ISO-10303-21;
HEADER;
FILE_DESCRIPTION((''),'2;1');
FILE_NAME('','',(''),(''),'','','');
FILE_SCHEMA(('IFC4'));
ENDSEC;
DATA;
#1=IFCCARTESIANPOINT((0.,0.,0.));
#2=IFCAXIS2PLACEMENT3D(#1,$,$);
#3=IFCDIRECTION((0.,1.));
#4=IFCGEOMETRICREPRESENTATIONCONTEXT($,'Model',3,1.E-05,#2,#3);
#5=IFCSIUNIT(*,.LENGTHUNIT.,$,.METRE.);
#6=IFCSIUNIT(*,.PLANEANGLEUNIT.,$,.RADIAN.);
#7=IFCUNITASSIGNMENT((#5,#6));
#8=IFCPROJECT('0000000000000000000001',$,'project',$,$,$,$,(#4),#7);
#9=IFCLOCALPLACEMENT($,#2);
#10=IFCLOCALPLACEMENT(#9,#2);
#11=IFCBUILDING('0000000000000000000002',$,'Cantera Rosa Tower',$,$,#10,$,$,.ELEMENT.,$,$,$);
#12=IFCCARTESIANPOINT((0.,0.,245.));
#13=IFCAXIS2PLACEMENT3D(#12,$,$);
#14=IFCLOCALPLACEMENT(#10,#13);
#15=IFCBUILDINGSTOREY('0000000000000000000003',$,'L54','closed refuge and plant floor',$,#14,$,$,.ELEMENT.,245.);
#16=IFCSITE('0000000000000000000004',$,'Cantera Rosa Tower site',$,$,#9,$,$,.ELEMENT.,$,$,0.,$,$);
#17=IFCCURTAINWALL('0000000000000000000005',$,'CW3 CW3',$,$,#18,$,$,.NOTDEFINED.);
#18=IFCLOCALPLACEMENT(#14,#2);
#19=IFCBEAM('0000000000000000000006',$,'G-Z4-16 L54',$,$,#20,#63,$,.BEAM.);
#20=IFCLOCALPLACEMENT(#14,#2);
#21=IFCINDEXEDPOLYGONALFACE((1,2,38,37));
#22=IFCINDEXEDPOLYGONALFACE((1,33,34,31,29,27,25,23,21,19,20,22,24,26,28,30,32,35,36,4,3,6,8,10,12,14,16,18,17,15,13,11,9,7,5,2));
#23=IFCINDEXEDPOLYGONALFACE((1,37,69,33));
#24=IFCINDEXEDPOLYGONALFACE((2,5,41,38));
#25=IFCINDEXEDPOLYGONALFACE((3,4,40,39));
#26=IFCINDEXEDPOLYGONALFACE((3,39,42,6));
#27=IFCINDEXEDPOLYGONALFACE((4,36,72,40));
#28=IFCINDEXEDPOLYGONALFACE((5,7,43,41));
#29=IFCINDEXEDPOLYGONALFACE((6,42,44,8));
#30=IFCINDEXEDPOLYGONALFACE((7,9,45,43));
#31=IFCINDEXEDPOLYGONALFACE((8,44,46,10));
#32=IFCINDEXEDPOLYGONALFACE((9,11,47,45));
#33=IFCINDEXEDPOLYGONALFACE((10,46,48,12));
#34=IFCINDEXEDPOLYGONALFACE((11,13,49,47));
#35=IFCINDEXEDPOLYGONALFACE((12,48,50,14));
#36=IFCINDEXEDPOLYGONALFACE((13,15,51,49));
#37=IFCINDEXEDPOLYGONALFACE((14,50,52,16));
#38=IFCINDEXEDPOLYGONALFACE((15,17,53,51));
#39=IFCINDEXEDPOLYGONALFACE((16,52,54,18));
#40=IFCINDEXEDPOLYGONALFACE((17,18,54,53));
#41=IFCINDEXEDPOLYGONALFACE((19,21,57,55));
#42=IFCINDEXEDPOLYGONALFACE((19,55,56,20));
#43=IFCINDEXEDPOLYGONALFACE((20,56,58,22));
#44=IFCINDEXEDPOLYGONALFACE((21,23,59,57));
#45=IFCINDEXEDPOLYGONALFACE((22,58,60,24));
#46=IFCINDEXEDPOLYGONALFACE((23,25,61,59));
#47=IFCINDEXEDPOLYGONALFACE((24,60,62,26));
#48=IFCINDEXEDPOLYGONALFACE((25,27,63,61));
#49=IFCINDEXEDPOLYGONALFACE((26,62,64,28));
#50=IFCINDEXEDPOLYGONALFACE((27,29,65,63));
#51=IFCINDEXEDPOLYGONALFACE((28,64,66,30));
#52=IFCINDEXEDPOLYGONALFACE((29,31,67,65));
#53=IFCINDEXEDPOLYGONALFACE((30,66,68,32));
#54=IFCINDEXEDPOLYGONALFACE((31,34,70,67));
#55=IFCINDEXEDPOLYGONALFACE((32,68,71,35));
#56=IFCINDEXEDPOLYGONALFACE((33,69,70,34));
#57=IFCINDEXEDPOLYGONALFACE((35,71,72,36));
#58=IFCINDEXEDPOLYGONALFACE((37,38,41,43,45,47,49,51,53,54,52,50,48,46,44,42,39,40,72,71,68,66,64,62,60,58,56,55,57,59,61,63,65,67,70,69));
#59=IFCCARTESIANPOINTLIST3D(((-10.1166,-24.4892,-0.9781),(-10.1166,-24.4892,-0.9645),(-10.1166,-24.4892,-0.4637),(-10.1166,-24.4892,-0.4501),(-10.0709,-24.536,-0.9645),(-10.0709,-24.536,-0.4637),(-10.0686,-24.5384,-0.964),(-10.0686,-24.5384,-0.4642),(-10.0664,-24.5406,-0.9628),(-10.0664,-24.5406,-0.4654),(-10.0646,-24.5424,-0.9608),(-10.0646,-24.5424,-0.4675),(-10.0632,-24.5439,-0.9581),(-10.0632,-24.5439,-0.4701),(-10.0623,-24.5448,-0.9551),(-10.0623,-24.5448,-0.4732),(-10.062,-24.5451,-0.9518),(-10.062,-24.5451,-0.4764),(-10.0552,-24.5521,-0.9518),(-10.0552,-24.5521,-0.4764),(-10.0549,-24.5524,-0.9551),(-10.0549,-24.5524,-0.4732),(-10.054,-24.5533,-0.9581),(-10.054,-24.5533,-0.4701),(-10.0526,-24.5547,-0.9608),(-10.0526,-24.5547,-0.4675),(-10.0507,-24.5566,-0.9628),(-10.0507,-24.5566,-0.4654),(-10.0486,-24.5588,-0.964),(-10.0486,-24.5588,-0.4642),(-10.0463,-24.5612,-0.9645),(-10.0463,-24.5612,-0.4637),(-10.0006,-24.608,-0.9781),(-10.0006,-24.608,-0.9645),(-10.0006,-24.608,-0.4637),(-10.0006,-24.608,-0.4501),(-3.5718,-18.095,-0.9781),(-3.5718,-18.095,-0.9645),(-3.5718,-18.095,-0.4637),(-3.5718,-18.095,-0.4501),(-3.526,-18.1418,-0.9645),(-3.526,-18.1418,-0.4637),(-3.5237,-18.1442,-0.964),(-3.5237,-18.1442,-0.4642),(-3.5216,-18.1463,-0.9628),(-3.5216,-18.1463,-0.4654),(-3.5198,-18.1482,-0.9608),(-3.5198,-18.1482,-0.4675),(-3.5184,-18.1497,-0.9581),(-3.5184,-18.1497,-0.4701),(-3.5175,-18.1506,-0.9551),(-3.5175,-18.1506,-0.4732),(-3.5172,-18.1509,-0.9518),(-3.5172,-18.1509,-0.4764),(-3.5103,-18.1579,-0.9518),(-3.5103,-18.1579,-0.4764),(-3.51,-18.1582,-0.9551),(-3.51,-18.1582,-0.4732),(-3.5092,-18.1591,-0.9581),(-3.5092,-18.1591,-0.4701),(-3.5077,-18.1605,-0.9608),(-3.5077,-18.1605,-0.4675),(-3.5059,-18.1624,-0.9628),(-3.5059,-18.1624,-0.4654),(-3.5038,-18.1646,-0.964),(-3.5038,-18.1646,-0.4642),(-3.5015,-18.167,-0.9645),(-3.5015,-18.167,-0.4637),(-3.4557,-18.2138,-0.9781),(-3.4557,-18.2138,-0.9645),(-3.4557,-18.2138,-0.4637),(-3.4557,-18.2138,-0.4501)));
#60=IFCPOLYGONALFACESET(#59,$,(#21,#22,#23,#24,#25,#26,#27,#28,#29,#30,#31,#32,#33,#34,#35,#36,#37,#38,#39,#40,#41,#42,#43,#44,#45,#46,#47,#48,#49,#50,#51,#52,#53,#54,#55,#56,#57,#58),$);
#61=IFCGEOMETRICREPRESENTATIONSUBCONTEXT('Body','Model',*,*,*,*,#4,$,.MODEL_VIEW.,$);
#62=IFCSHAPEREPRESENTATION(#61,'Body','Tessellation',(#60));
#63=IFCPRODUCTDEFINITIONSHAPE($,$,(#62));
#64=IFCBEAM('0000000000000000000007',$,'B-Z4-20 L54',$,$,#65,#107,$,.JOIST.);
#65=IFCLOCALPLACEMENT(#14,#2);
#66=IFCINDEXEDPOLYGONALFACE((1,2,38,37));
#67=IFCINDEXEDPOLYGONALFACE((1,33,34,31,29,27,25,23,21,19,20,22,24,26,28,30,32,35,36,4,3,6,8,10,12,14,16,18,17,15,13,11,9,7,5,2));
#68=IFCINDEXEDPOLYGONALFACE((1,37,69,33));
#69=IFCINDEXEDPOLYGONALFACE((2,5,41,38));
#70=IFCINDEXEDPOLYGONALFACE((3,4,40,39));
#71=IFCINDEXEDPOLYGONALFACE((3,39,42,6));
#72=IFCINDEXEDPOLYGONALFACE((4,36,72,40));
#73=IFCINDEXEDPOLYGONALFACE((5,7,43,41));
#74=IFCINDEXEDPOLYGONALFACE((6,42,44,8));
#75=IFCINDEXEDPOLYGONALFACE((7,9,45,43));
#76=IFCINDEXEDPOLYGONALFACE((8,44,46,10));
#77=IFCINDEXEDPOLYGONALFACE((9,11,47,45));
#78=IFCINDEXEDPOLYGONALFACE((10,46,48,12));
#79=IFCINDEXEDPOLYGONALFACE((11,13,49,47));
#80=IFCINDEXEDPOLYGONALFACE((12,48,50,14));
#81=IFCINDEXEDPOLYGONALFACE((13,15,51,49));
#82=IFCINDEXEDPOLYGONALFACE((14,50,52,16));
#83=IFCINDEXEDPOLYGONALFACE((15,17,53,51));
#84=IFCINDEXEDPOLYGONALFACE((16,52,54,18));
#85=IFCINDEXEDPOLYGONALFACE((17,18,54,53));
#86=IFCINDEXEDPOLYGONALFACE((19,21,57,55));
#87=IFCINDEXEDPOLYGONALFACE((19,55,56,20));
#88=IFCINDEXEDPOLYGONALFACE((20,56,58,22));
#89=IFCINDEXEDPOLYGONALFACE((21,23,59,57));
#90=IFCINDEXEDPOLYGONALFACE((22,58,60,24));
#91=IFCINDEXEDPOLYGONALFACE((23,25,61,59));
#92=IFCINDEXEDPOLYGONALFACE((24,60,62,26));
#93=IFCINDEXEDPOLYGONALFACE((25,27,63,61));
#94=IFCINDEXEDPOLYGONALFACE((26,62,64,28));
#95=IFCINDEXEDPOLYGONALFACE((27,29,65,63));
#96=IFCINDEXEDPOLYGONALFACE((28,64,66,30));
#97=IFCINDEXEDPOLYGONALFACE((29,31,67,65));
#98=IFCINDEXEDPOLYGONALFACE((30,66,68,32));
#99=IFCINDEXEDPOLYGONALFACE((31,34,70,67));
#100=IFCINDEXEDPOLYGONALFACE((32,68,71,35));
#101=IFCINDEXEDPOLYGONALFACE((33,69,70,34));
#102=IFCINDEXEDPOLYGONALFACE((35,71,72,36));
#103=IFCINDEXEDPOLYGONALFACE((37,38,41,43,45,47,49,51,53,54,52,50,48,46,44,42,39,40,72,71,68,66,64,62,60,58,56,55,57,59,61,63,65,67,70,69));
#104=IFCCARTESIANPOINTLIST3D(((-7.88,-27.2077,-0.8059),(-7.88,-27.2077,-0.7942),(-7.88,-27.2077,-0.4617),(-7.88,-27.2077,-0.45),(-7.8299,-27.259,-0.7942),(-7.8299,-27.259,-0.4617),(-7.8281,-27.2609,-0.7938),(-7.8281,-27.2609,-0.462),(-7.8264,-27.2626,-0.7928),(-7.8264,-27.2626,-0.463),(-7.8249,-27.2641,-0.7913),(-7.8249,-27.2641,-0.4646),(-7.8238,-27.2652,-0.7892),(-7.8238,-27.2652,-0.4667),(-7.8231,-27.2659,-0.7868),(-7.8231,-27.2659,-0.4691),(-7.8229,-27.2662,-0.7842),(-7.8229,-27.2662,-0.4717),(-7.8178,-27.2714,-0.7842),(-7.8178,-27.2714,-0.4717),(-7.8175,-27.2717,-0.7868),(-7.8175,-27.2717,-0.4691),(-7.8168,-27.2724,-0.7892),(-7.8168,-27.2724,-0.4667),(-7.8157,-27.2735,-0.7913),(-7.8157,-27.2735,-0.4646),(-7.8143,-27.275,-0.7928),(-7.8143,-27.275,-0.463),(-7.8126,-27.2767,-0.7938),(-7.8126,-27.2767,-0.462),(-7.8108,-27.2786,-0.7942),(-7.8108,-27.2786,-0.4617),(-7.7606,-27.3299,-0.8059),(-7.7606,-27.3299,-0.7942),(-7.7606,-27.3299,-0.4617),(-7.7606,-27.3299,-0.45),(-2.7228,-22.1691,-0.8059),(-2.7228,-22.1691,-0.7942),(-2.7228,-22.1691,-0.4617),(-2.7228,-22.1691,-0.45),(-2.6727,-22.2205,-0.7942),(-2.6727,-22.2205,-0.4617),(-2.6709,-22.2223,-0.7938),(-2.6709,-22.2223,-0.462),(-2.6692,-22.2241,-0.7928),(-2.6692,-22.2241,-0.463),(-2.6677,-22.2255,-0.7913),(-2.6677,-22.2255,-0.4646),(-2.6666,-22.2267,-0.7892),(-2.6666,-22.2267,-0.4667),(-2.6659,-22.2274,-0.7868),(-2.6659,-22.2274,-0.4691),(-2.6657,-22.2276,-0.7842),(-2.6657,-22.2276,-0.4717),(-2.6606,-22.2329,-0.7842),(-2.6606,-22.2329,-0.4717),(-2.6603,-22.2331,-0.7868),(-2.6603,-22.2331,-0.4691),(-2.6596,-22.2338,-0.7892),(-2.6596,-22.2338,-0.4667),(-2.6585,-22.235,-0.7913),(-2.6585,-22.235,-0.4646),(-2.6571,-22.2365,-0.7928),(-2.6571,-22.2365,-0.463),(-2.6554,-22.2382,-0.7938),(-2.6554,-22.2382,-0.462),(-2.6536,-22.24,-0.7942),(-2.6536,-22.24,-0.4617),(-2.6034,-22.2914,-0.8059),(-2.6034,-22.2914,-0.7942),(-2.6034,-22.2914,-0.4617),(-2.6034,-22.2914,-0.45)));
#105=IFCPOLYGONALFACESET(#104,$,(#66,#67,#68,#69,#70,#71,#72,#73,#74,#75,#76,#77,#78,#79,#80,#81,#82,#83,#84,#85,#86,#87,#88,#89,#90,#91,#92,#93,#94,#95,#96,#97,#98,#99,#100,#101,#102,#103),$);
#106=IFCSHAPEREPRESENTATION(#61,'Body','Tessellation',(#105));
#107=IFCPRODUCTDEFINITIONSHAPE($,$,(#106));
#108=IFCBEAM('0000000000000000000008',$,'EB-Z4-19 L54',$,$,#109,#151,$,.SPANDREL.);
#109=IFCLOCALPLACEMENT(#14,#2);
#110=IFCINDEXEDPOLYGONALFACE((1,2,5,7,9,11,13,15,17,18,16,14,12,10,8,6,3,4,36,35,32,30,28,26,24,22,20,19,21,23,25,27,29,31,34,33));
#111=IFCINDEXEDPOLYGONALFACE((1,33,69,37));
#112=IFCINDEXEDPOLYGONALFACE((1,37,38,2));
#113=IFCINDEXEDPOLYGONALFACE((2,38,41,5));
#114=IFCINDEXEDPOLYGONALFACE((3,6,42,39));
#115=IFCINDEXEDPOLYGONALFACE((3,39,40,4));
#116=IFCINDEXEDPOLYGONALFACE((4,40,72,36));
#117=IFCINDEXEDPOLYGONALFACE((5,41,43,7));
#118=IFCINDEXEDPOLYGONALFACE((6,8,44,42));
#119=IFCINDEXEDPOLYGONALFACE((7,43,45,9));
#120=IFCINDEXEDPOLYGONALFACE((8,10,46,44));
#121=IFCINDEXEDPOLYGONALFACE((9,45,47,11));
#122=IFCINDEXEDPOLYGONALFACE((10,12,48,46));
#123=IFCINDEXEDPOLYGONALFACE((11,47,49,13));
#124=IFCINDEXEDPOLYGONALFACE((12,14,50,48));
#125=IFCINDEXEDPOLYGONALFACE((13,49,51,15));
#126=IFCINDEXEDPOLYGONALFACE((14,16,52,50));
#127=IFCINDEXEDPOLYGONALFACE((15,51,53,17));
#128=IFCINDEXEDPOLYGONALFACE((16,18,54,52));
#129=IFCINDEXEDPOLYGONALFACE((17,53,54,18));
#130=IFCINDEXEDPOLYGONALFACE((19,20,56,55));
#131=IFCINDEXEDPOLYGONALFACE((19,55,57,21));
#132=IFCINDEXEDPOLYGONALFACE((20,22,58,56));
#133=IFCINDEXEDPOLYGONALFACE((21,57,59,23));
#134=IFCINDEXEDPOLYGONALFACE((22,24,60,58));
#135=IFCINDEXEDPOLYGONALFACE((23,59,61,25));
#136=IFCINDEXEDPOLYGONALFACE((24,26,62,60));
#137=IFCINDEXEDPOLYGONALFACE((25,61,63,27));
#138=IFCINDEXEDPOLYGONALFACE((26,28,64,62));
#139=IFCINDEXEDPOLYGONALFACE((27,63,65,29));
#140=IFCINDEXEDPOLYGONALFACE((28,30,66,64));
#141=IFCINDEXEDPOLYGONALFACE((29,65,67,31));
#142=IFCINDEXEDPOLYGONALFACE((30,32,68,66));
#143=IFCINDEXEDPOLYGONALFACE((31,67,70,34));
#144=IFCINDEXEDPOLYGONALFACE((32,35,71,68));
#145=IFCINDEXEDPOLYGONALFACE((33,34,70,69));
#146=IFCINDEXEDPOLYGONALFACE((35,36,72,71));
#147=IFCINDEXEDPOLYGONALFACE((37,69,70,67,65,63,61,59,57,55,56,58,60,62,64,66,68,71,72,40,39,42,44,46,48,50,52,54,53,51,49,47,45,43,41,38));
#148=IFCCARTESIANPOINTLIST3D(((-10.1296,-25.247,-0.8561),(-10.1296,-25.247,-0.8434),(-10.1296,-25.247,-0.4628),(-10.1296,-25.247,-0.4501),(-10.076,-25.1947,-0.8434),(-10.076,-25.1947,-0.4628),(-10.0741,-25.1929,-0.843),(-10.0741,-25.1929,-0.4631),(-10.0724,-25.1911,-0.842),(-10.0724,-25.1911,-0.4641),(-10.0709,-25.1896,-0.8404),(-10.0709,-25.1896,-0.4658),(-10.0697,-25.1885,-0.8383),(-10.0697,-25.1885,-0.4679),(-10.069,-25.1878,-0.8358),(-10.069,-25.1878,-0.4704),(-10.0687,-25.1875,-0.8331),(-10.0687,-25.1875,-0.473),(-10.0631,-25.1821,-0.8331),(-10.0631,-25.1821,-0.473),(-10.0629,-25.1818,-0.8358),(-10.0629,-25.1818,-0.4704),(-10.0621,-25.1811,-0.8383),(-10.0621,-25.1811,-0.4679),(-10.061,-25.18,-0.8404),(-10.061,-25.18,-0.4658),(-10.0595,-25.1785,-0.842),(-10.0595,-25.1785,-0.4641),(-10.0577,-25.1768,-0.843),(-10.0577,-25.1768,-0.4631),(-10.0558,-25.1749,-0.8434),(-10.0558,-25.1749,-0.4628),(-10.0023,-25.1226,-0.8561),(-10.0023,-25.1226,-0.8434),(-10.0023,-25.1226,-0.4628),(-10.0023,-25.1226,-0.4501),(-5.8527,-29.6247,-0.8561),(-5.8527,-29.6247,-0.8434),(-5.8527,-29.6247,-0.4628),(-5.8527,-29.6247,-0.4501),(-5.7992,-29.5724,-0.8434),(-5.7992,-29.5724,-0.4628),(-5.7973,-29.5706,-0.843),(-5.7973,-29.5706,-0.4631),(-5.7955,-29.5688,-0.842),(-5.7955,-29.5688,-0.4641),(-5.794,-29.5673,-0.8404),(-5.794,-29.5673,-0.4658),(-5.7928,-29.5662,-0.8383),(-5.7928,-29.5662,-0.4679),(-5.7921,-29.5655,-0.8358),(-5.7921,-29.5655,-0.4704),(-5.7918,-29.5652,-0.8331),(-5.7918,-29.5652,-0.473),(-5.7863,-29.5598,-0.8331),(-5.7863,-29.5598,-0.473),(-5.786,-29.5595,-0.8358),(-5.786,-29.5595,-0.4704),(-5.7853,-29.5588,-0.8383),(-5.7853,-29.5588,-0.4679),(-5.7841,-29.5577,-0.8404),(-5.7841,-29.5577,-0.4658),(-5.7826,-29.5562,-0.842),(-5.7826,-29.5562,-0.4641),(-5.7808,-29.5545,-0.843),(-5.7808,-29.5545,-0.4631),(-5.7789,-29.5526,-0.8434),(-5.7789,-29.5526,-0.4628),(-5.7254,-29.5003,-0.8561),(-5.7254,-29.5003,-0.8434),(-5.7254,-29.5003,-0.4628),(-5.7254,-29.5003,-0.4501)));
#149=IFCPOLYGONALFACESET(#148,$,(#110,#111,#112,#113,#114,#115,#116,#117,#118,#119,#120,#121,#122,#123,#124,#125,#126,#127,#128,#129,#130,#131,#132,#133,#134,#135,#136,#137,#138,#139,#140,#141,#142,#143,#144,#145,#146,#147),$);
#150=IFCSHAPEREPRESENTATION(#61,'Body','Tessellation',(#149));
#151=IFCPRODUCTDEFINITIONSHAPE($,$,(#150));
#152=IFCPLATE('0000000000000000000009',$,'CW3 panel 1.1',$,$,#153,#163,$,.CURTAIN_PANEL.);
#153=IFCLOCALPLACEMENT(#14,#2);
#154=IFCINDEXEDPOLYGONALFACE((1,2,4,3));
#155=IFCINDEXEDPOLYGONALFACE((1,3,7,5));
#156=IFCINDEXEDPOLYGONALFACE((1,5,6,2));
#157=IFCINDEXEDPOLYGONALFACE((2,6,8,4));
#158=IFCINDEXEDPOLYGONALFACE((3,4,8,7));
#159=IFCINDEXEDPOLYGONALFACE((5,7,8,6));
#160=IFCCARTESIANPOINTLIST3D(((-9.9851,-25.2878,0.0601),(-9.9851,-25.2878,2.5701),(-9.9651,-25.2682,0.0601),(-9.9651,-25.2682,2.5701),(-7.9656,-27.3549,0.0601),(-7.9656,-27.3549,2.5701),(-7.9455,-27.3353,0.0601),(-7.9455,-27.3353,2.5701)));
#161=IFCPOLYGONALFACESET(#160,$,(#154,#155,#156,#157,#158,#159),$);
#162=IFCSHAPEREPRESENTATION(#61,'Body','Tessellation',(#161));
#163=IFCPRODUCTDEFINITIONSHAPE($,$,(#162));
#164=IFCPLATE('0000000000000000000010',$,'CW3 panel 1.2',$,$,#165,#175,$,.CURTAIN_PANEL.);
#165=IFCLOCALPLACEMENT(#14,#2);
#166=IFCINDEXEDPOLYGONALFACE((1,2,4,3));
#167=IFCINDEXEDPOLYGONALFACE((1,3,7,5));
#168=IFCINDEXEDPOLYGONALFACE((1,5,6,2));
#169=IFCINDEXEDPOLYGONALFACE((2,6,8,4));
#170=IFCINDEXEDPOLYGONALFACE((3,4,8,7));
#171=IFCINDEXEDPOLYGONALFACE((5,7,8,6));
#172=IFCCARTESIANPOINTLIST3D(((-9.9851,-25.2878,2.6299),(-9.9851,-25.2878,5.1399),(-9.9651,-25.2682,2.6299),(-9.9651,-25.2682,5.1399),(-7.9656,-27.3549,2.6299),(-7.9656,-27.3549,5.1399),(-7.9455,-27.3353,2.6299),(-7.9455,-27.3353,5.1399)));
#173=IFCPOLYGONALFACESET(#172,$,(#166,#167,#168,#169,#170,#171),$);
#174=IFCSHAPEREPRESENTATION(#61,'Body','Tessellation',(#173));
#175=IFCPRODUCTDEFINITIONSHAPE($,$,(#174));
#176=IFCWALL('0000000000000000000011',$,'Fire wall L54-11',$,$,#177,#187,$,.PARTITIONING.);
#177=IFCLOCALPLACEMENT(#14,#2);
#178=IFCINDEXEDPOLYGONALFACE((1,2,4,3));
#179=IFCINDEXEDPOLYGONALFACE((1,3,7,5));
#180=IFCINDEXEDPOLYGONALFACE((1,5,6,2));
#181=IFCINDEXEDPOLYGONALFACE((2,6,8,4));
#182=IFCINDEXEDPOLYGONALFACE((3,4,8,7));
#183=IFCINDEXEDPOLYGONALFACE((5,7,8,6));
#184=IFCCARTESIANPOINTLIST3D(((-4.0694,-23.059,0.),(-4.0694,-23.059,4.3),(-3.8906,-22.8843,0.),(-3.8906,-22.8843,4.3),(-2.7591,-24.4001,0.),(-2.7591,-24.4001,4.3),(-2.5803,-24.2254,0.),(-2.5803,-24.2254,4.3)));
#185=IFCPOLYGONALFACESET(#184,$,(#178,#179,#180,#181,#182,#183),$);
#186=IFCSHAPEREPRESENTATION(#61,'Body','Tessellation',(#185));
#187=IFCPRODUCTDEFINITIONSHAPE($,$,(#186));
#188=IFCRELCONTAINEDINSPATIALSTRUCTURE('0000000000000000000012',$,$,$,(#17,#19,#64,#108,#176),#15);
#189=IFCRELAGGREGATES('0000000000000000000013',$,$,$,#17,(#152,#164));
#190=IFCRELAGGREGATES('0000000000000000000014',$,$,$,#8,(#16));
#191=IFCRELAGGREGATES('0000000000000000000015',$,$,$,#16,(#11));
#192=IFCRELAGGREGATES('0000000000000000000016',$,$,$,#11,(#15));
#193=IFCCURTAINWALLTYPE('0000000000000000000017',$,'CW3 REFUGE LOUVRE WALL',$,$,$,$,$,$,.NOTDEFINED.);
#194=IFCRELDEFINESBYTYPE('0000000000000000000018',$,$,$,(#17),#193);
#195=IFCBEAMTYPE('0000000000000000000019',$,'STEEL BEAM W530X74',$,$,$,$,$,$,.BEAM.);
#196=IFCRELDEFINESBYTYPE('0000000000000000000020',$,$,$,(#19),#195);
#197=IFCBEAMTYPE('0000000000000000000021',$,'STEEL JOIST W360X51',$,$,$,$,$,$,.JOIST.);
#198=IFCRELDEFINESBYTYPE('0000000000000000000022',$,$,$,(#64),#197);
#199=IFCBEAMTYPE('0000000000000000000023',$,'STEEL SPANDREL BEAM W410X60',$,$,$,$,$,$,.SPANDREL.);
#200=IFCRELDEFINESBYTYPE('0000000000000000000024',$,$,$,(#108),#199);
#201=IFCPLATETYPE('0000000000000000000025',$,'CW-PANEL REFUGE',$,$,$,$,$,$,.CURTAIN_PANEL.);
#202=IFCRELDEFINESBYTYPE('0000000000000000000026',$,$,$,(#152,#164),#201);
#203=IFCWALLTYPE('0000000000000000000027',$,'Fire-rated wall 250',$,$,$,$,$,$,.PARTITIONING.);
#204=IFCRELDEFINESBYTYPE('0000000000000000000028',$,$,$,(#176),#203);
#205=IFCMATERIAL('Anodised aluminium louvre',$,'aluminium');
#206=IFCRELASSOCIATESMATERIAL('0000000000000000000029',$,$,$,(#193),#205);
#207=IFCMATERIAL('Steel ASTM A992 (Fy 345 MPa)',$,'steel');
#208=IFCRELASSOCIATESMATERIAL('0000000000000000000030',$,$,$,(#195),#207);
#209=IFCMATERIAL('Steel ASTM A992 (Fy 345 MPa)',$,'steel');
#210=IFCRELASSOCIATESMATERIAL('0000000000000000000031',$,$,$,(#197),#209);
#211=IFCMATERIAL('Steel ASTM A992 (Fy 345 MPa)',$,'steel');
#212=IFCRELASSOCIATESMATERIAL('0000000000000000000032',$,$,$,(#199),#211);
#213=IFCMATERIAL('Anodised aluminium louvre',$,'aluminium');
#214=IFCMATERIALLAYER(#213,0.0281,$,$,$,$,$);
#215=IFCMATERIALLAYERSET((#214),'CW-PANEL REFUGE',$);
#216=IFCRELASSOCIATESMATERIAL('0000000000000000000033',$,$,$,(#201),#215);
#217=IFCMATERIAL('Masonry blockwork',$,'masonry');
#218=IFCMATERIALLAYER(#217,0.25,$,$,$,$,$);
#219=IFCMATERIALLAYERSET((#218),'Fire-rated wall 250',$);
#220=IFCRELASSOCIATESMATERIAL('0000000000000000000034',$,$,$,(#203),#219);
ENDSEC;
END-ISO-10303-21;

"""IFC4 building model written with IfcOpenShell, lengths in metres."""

from ifc_helpers import new_model, si_unit, direction, frame, frame_2d, origin, origin_2d, place, context, subcontext, project, spatial, rectangle, i_section, extrude, material, layer, layer_set, material_profile, profile_set, type_object, element, aggregate, save


model = new_model("IFC4")

# Units and contexts
model_context = context("Model", 3, precision=1e-05, world=origin(), true_north=direction((0.0, 1.0)))
body_context = subcontext(model_context, "Body", "Model", "MODEL_VIEW")
ifc_project = project(units=[si_unit("LENGTHUNIT", "METRE"), si_unit("PLANEANGLEUNIT", "RADIAN")], contexts=[model_context])

# Site, building, storey
site_placement = place(None, origin())
site = spatial("IfcSite", under=ifc_project, at=site_placement, Name="Cantera Rosa Tower site", CompositionType="ELEMENT", RefElevation=0.0)
building_placement = place(site_placement, origin())
building = spatial("IfcBuilding", under=site, at=building_placement, Name="Cantera Rosa Tower", CompositionType="ELEMENT")
storey_placement = place(building_placement, frame((0.0, 0.0, 245.0)))
storey = spatial("IfcBuildingStorey", under=building, at=storey_placement, Name="L54", Description="closed refuge and plant floor", CompositionType="ELEMENT", Elevation=245.0)

# Shared definitions
ifc_material_1 = material(Name="Anodised aluminium louvre", Category="aluminium")
curtain_wall_type = type_object("IfcCurtainWallType", Name="CW3 REFUGE LOUVRE WALL", PredefinedType="NOTDEFINED", material=ifc_material_1)

# Curtain wall
curtain_wall_1_placement = place(storey_placement, origin())
curtain_wall_1 = element("IfcCurtainWall", 1, at=curtain_wall_1_placement, inside=storey, type_object=curtain_wall_type, Name="CW3 CW3", PredefinedType="NOTDEFINED")

# Beams
ifc_material_2 = material(Name="Steel ASTM A992 (Fy 345 MPa)", Category="steel")
ifc_material_profile_1 = material_profile(ifc_material_2, i_section(OverallWidth=0.166, OverallDepth=0.5281, WebThickness=0.0098, FlangeThickness=0.0137, FilletRadius=0.0127, at=origin_2d()), Name="W530X74")
ifc_profile_set_1 = profile_set([ifc_material_profile_1], Name="Steel ASTM A992 (Fy 345 MPa)")
beam_type_1 = type_object("IfcBeamType", Name="STEEL BEAM W530X74", PredefinedType="BEAM", material=ifc_profile_set_1)
beam_1_placement = place(storey_placement, frame((-10.0586, -24.5486, -0.7141), z_axis=(0.71529, 0.698827, 0.0), x_axis=(-0.698827, 0.71529, 0.0)))
element("IfcBeam", 2, at=beam_1_placement, inside=storey, type_object=beam_type_1, Name="G-Z4-16 L54", PredefinedType="BEAM", context=body_context, shape_type="SweptSolid", body=[
    extrude(i_section(OverallWidth=0.166, OverallDepth=0.5281, WebThickness=0.0098, FlangeThickness=0.0137, FilletRadius=0.0127, at=origin_2d()), origin(), (0.0, 0.0, 1.0), 9.1499),
])
ifc_material_3 = material(Name="Steel ASTM A992 (Fy 345 MPa)", Category="steel")
ifc_material_profile_2 = material_profile(ifc_material_3, i_section(OverallWidth=0.1709, OverallDepth=0.356, WebThickness=0.0073, FlangeThickness=0.0117, FilletRadius=0.01, at=origin_2d()), Name="W360X51")
ifc_profile_set_2 = profile_set([ifc_material_profile_2], Name="Steel ASTM A992 (Fy 345 MPa)")
beam_type_2 = type_object("IfcBeamType", Name="STEEL JOIST W360X51", PredefinedType="JOIST", material=ifc_profile_set_2)
beam_2_placement = place(storey_placement, frame((-7.8203, -27.2688, -0.6279), z_axis=(0.715287, 0.698831, 0.0), x_axis=(-0.698831, 0.715287, 0.0)))
element("IfcBeam", 3, at=beam_2_placement, inside=storey, type_object=beam_type_2, Name="B-Z4-20 L54", PredefinedType="JOIST", context=body_context, shape_type="SweptSolid", body=[
    extrude(i_section(OverallWidth=0.1709, OverallDepth=0.356, WebThickness=0.0073, FlangeThickness=0.0117, FilletRadius=0.01, at=origin_2d()), origin(), (0.0, 0.0, 1.0), 7.21),
])
ifc_material_4 = material(Name="Steel ASTM A992 (Fy 345 MPa)", Category="steel")
ifc_material_profile_3 = material_profile(ifc_material_4, i_section(OverallWidth=0.178, OverallDepth=0.406, WebThickness=0.0078, FlangeThickness=0.0127, FilletRadius=0.0103, at=origin_2d()), Name="W410X60")
ifc_profile_set_3 = profile_set([ifc_material_profile_3], Name="Steel ASTM A992 (Fy 345 MPa)")
beam_type_3 = type_object("IfcBeamType", Name="STEEL SPANDREL BEAM W410X60", PredefinedType="SPANDREL", material=ifc_profile_set_3)
beam_3_placement = place(storey_placement, frame((-10.0659, -25.1848, -0.6531), z_axis=(0.698821, -0.715296, 0.0), x_axis=(0.715296, 0.698821, 0.0)))
element("IfcBeam", 4, at=beam_3_placement, inside=storey, type_object=beam_type_3, Name="EB-Z4-19 L54", PredefinedType="SPANDREL", context=body_context, shape_type="SweptSolid", body=[
    extrude(i_section(OverallWidth=0.178, OverallDepth=0.406, WebThickness=0.0078, FlangeThickness=0.0127, FilletRadius=0.0103, at=origin_2d()), origin(), (0.0, 0.0, 1.0), 6.1201),
])

# Plates
ifc_material_5 = material(Name="Anodised aluminium louvre", Category="aluminium")
ifc_layer_1 = layer(ifc_material_5, 0.0281)
ifc_layer_set_1 = layer_set([ifc_layer_1], Name="CW-PANEL REFUGE")
plate_type = type_object("IfcPlateType", Name="CW-PANEL REFUGE", PredefinedType="CURTAIN_PANEL", material=ifc_layer_set_1)
plate_1_placement = place(storey_placement, frame((-8.9653, -26.3115, 0.0601), z_axis=(0.0, 0.0, 1.0), x_axis=(0.698832, -0.715286, 0.0)))
plate_1 = element("IfcPlate", 5, at=plate_1_placement, type_object=plate_type, Name="CW3 panel 1.1", PredefinedType="CURTAIN_PANEL", context=body_context, shape_type="SweptSolid", body=[
    extrude(rectangle(XDim=2.8899, YDim=0.0281, at=origin_2d()), origin(), (0.0, 0.0, 1.0), 2.51),
])
plate_2_placement = place(storey_placement, frame((-8.9653, -26.3115, 2.6299), z_axis=(0.0, 0.0, 1.0), x_axis=(0.698832, -0.715286, 0.0)))
plate_2 = element("IfcPlate", 6, at=plate_2_placement, type_object=plate_type, Name="CW3 panel 1.2", PredefinedType="CURTAIN_PANEL", context=body_context, shape_type="SweptSolid", body=[
    extrude(rectangle(XDim=2.8899, YDim=0.0281, at=origin_2d()), origin(), (0.0, 0.0, 1.0), 2.51),
])
aggregate(curtain_wall_1, [plate_1, plate_2])

# Wall
ifc_material_6 = material(Name="Masonry blockwork", Category="masonry")
ifc_layer_2 = layer(ifc_material_6, 0.25)
ifc_layer_set_2 = layer_set([ifc_layer_2], Name="Fire-rated wall 250")
wall_type = type_object("IfcWallType", Name="Fire-rated wall 250", PredefinedType="PARTITIONING", material=ifc_layer_set_2)
wall_1_placement = place(storey_placement, frame((-2.6697, -24.3127, 0.0), z_axis=(0.0, 0.0, 1.0), x_axis=(-0.698856, 0.715263, 0.0)))
element("IfcWall", 7, at=wall_1_placement, inside=storey, type_object=wall_type, Name="Fire wall L54-11", PredefinedType="PARTITIONING", context=body_context, shape_type="SweptSolid", body=[
    extrude(rectangle(XDim=1.875, YDim=0.25, at=frame_2d((0.9375, 0.0))), origin(), (0.0, 0.0, 1.0), 4.3),
])

save(model, "model.ifc")
